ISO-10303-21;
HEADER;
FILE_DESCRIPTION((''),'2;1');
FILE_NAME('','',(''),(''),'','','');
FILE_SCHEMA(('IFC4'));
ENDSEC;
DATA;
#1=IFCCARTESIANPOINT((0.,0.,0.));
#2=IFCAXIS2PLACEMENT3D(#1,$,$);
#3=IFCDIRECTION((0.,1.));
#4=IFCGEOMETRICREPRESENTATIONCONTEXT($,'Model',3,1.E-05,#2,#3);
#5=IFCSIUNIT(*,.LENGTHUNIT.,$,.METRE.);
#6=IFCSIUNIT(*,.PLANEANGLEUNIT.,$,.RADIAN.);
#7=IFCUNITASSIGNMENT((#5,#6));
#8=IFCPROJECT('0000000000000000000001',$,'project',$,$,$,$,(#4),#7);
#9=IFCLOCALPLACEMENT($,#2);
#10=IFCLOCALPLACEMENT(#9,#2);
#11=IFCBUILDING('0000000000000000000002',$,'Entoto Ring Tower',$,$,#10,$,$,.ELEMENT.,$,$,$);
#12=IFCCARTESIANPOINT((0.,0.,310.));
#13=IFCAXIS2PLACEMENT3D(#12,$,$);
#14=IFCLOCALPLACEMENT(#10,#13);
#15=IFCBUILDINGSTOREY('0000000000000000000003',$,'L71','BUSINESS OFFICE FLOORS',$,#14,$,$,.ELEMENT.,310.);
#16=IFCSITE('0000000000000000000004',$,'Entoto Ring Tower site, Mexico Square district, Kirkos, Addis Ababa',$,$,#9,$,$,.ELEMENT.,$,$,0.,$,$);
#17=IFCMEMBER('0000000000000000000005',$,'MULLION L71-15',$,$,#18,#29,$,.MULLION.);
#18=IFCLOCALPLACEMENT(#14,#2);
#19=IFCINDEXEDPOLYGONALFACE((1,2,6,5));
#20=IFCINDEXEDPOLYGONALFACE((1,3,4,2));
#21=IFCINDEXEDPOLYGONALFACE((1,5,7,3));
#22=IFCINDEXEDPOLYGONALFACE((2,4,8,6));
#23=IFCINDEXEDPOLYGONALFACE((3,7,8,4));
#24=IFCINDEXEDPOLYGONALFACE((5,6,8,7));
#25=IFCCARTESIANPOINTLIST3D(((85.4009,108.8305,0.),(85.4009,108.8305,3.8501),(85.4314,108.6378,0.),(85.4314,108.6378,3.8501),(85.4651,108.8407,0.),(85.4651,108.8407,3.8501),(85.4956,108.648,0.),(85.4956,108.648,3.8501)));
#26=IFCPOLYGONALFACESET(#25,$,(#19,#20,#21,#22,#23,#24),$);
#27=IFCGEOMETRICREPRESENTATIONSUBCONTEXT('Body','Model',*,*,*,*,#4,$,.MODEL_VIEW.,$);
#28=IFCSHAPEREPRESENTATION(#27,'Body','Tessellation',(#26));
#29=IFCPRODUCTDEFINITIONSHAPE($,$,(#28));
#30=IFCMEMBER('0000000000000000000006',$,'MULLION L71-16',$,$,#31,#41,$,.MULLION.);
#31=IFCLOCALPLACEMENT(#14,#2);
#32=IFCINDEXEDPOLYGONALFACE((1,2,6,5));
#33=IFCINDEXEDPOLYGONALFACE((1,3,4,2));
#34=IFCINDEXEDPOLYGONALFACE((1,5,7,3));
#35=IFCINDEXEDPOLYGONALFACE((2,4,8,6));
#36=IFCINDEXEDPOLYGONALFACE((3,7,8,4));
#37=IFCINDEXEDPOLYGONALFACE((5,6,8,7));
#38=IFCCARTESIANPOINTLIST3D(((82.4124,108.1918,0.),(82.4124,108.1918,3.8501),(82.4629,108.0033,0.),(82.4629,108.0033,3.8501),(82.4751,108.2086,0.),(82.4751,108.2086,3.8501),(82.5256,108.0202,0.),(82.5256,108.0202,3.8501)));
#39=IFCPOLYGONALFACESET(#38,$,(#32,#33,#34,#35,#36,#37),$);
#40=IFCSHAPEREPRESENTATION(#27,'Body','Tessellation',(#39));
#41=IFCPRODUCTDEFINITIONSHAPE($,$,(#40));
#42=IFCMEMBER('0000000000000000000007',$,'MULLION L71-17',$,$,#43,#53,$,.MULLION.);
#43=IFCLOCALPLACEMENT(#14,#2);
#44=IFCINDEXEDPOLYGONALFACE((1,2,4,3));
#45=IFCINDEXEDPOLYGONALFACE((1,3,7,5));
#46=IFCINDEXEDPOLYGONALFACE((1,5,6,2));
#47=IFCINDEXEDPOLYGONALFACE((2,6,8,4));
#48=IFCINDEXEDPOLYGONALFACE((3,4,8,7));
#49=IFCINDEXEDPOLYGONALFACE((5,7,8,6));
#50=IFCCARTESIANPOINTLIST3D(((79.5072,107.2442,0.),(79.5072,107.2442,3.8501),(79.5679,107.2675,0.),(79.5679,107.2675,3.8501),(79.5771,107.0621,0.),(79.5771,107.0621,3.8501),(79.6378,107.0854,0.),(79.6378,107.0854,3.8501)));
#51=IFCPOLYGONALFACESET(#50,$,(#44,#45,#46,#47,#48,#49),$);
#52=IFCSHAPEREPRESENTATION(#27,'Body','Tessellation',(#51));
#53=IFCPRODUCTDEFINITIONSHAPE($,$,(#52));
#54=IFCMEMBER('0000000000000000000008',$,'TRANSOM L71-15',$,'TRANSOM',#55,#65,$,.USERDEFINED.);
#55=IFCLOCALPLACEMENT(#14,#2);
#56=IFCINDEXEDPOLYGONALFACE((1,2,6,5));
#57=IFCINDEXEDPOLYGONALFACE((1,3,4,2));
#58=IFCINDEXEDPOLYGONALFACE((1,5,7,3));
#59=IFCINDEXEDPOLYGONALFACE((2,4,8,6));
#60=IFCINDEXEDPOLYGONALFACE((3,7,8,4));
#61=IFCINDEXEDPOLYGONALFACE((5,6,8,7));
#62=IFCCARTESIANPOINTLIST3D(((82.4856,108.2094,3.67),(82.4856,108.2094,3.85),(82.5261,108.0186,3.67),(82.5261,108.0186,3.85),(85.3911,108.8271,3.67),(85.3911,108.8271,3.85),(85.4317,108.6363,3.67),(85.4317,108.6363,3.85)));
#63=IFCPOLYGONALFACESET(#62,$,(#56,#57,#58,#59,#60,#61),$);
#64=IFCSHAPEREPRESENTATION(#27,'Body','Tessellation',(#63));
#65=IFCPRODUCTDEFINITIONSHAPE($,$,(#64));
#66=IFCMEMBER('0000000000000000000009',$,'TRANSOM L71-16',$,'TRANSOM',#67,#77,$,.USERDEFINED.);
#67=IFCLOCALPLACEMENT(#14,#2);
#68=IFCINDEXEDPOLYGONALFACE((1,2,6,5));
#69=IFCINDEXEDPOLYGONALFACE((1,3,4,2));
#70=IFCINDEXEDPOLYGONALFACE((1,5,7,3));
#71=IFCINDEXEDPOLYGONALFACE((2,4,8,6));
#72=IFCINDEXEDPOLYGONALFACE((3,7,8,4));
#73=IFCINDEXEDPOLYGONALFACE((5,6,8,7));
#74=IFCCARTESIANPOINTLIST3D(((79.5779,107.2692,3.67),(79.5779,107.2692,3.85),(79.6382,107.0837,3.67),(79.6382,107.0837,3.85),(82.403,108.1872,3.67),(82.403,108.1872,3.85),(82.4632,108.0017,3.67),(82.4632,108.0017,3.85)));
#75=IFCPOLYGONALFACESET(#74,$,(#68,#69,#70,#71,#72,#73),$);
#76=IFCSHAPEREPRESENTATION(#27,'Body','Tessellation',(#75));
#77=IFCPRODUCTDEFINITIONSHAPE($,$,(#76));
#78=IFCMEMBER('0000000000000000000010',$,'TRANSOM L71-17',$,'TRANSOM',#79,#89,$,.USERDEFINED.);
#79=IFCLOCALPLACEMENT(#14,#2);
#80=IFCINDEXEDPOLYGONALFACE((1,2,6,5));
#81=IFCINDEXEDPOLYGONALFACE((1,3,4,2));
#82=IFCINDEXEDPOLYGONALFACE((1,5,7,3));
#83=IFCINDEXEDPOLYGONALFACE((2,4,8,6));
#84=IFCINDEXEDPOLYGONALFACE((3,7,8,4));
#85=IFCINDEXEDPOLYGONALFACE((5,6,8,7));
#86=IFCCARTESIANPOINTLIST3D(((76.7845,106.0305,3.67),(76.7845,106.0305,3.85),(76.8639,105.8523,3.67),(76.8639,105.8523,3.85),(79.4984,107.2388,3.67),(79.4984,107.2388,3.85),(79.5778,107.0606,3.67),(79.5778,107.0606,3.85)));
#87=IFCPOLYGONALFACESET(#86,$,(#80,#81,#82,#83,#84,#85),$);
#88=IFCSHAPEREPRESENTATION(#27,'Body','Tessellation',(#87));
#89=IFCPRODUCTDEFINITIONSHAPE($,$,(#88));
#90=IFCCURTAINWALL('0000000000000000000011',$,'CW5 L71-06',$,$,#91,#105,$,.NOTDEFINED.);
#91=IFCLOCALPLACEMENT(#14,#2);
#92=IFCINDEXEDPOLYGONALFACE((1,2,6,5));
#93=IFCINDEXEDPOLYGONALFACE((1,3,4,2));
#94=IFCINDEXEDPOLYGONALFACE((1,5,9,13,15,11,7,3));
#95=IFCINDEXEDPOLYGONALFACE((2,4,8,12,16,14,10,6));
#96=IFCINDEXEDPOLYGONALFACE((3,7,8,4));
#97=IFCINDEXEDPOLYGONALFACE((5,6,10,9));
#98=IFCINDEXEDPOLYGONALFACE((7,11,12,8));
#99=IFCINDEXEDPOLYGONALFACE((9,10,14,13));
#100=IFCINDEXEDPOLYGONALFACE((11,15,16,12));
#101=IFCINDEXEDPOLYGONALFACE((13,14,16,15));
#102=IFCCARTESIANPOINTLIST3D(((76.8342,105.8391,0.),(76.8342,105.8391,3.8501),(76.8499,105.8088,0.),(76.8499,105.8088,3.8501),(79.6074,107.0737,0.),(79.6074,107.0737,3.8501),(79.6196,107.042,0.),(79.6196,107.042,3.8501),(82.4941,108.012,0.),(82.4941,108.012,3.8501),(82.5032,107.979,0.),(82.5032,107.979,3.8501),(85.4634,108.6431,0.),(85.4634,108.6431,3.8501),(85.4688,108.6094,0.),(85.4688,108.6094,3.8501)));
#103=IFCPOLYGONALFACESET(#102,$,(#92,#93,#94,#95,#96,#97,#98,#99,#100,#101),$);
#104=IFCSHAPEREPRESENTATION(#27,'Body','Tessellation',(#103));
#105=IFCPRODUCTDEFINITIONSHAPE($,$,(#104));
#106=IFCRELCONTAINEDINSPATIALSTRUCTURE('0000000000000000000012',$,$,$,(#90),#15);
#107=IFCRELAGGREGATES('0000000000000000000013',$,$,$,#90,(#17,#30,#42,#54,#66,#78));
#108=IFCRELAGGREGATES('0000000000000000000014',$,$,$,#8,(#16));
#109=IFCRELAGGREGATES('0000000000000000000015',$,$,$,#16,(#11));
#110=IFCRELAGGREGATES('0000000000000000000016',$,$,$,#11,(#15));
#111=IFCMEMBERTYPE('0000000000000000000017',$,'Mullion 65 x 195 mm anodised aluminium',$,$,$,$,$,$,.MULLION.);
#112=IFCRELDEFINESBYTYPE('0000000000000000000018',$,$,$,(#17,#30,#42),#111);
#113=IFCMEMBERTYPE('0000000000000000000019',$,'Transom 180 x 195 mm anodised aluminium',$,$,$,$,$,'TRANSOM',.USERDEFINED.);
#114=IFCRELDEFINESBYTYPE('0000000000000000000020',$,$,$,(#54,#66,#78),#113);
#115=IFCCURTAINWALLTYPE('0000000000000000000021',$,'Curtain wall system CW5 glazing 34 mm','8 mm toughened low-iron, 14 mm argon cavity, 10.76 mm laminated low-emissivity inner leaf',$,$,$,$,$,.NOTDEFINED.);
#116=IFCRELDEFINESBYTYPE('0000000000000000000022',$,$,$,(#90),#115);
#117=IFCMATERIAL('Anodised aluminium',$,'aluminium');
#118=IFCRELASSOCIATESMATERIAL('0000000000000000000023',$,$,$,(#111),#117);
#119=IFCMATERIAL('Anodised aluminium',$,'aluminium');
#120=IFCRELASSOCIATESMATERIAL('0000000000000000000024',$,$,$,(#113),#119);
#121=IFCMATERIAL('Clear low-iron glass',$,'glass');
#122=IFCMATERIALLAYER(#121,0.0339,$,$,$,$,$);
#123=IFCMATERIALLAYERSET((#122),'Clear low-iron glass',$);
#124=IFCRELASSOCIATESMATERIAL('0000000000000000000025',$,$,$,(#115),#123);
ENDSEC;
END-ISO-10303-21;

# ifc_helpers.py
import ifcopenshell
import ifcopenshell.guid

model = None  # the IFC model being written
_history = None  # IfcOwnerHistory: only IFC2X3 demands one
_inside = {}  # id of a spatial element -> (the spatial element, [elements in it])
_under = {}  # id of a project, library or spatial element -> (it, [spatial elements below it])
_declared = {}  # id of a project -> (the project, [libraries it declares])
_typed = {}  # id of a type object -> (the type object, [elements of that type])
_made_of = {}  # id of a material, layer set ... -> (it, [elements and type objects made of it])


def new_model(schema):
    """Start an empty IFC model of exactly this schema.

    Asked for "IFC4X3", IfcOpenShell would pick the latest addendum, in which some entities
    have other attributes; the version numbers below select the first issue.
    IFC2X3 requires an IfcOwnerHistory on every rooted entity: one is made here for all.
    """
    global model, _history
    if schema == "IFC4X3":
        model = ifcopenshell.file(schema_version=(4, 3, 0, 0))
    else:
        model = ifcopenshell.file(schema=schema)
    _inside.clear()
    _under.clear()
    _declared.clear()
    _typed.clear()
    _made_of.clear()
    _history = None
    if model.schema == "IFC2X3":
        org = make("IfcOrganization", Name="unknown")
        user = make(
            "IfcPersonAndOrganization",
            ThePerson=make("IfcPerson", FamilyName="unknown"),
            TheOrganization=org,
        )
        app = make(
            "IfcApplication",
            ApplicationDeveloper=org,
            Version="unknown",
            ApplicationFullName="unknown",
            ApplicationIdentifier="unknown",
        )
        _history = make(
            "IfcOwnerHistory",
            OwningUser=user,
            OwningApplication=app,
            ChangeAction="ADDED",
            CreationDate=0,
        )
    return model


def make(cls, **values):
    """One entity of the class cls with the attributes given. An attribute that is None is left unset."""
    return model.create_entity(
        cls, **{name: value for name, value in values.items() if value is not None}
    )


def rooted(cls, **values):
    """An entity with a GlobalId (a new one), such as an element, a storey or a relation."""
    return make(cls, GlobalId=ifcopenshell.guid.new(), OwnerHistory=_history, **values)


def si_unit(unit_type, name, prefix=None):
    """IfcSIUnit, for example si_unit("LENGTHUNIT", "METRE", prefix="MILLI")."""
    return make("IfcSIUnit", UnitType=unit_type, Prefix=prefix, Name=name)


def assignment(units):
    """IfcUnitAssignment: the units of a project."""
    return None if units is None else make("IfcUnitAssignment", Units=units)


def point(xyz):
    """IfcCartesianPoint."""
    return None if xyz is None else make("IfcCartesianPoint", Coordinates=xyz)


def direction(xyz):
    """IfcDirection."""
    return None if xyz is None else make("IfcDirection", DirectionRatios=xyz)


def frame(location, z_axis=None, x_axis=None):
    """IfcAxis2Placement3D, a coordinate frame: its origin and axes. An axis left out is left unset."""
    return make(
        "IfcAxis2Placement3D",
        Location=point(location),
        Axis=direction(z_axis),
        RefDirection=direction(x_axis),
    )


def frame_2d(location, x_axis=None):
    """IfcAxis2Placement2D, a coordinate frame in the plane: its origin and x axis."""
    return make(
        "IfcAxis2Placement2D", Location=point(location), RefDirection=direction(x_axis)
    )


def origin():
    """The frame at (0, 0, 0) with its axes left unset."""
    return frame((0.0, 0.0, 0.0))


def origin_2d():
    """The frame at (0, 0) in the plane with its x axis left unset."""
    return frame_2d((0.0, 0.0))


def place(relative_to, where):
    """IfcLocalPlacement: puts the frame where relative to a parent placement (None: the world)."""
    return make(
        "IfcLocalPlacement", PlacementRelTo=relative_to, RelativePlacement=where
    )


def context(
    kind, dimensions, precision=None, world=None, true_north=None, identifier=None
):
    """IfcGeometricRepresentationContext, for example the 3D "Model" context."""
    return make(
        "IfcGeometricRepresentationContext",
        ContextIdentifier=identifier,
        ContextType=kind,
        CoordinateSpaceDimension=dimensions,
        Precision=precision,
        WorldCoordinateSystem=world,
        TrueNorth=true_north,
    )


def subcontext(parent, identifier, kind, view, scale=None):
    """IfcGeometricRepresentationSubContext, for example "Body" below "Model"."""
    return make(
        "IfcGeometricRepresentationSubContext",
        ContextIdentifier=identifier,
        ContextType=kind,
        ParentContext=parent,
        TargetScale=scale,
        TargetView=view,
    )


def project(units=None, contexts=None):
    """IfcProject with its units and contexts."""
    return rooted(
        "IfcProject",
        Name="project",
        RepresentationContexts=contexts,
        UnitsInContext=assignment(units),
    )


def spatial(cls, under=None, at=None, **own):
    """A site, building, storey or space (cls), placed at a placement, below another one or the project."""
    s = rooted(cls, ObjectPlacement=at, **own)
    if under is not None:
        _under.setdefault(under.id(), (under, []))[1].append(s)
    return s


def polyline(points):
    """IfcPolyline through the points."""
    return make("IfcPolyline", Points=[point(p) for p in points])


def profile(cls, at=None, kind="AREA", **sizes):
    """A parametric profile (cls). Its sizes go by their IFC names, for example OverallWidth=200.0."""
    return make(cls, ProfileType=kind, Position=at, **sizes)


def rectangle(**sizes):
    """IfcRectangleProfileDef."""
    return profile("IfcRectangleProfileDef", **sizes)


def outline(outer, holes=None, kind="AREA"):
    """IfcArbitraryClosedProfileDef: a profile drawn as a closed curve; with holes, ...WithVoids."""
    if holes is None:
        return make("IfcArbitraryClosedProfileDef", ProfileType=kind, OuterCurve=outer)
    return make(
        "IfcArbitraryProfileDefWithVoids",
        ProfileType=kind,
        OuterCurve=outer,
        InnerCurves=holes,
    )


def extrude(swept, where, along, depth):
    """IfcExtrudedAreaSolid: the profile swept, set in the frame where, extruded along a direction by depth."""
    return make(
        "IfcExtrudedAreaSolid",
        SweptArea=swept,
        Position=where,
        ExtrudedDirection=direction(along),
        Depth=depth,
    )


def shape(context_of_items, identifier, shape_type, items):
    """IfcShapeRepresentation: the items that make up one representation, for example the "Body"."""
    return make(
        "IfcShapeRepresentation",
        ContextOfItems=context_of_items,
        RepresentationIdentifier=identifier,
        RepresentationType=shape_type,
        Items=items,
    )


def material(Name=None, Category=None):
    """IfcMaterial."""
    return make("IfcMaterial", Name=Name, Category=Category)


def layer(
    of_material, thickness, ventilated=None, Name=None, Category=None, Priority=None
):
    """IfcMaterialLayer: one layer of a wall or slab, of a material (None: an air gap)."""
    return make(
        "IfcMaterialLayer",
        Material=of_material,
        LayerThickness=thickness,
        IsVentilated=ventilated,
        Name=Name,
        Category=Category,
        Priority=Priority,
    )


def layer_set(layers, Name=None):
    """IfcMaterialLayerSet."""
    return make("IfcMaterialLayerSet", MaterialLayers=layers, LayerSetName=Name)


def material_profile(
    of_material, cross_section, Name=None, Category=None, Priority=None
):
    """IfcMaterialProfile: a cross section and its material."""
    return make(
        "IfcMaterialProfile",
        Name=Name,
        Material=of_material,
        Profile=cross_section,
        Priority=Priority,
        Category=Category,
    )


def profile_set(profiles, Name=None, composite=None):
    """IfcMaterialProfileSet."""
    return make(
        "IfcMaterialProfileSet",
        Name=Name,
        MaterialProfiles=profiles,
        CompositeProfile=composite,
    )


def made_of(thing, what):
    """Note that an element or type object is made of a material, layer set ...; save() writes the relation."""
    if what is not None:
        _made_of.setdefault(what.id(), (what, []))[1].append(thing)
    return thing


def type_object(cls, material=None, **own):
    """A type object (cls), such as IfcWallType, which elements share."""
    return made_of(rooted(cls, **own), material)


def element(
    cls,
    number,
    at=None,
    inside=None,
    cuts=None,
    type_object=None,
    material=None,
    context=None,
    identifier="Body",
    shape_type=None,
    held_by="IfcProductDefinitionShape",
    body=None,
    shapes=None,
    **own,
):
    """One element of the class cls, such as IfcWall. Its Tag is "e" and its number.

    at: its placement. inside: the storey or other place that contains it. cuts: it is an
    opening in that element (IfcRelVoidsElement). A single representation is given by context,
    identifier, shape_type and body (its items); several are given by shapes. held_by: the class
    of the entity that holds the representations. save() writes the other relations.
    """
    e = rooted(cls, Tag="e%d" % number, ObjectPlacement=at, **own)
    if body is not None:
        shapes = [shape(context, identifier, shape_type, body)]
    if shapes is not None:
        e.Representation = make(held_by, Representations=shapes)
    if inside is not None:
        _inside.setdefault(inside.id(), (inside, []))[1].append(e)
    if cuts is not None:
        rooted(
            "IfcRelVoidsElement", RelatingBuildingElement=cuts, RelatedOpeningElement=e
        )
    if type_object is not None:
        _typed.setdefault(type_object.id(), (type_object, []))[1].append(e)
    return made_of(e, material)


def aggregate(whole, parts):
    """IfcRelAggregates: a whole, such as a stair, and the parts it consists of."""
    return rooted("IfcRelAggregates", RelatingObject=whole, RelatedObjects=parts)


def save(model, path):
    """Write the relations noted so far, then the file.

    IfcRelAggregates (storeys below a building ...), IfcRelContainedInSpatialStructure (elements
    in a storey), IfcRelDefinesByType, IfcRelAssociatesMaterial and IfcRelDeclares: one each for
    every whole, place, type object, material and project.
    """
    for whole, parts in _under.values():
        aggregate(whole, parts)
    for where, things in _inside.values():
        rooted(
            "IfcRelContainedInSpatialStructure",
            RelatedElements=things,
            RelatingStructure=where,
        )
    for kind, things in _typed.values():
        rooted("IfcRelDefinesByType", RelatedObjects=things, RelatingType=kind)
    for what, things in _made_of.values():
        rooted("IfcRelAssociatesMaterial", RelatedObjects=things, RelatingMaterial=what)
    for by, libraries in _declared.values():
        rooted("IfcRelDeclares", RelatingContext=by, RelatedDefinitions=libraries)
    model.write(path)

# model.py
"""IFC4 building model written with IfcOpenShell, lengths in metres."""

from ifc_helpers import new_model, si_unit, direction, frame, origin, origin_2d, place, context, subcontext, project, spatial, polyline, rectangle, outline, extrude, material, layer, layer_set, material_profile, profile_set, type_object, element, aggregate, save


model = new_model("IFC4")

# Units and contexts
model_context = context("Model", 3, precision=1e-05, world=origin(), true_north=direction((0.0, 1.0)))
body_context = subcontext(model_context, "Body", "Model", "MODEL_VIEW")
ifc_project = project(units=[si_unit("LENGTHUNIT", "METRE"), si_unit("PLANEANGLEUNIT", "RADIAN")], contexts=[model_context])

# Members
ifc_material_1 = material(Name="Anodised aluminium", Category="aluminium")
ifc_material_profile_1 = material_profile(ifc_material_1, rectangle(XDim=0.0649, YDim=0.1951, at=origin_2d()), Name="Mullion 65 x 195 mm anodised aluminium")
ifc_profile_set_1 = profile_set([ifc_material_profile_1], Name="Anodised aluminium")
member_type_1 = type_object("IfcMemberType", Name="Mullion 65 x 195 mm anodised aluminium", PredefinedType="MULLION", material=ifc_profile_set_1)
site_placement = place(None, origin())
building_placement = place(site_placement, origin())
storey_placement = place(building_placement, frame((0.0, 0.0, 310.0)))
member_1_placement = place(storey_placement, frame((85.4482, 108.7393, 0.0), z_axis=(0.0, 0.0, 1.0), x_axis=(-0.987688, -0.156434, 0.0)))
member_1 = element("IfcMember", 1, at=member_1_placement, type_object=member_type_1, Name="MULLION L71-15", PredefinedType="MULLION", context=body_context, shape_type="SweptSolid", body=[
    extrude(rectangle(XDim=0.0649, YDim=0.1951, at=origin_2d()), origin(), (0.0, 0.0, 1.0), 3.8501),
])
member_2_placement = place(storey_placement, frame((82.469, 108.106, 0.0), z_axis=(0.0, 0.0, 1.0), x_axis=(-0.965926, -0.258819, 0.0)))
member_2 = element("IfcMember", 2, at=member_2_placement, type_object=member_type_1, Name="MULLION L71-16", PredefinedType="MULLION", context=body_context, shape_type="SweptSolid", body=[
    extrude(rectangle(XDim=0.0649, YDim=0.1951, at=origin_2d()), origin(), (0.0, 0.0, 1.0), 3.8501),
])
member_3_placement = place(storey_placement, frame((79.5725, 107.1648, 0.0), z_axis=(0.0, 0.0, 1.0), x_axis=(-0.93358, -0.358368, 0.0)))
member_3 = element("IfcMember", 3, at=member_3_placement, type_object=member_type_1, Name="MULLION L71-17", PredefinedType="MULLION", context=body_context, shape_type="SweptSolid", body=[
    extrude(rectangle(XDim=0.0649, YDim=0.1951, at=origin_2d()), origin(), (0.0, 0.0, 1.0), 3.8501),
])
ifc_material_2 = material(Name="Anodised aluminium", Category="aluminium")
ifc_material_profile_2 = material_profile(ifc_material_2, rectangle(XDim=0.1951, YDim=0.1799, at=origin_2d()), Name="Transom 180 x 195 mm anodised aluminium")
ifc_profile_set_2 = profile_set([ifc_material_profile_2], Name="Anodised aluminium")
member_type_2 = type_object("IfcMemberType", Name="Transom 180 x 195 mm anodised aluminium", ElementType="TRANSOM", PredefinedType="USERDEFINED", material=ifc_profile_set_2)
member_4_placement = place(storey_placement, frame((85.4114, 108.7317, 3.76), z_axis=(-0.978142, -0.20794, 0.0), x_axis=(0.20794, -0.978142, 0.0)))
member_4 = element("IfcMember", 4, at=member_4_placement, type_object=member_type_2, Name="TRANSOM L71-15", ObjectType="TRANSOM", PredefinedType="USERDEFINED", context=body_context, shape_type="SweptSolid", body=[
    extrude(rectangle(XDim=0.1951, YDim=0.1799, at=origin_2d()), origin(), (0.0, 0.0, 1.0), 2.9705),
])
member_5_placement = place(storey_placement, frame((82.4331, 108.0945, 3.76), z_axis=(-0.951048, -0.309043, 0.0), x_axis=(0.309043, -0.951048, 0.0)))
member_5 = element("IfcMember", 5, at=member_5_placement, type_object=member_type_2, Name="TRANSOM L71-16", ObjectType="TRANSOM", PredefinedType="USERDEFINED", context=body_context, shape_type="SweptSolid", body=[
    extrude(rectangle(XDim=0.1951, YDim=0.1799, at=origin_2d()), origin(), (0.0, 0.0, 1.0), 2.9705),
])
member_6_placement = place(storey_placement, frame((79.5381, 107.1497, 3.76), z_axis=(-0.91355, -0.406726, 0.0), x_axis=(0.406726, -0.91355, 0.0)))
member_6 = element("IfcMember", 6, at=member_6_placement, type_object=member_type_2, Name="TRANSOM L71-17", ObjectType="TRANSOM", PredefinedType="USERDEFINED", context=body_context, shape_type="SweptSolid", body=[
    extrude(rectangle(XDim=0.1951, YDim=0.1799, at=origin_2d()), origin(), (0.0, 0.0, 1.0), 2.9707),
])

# Site, building, storey
site = spatial("IfcSite", under=ifc_project, at=site_placement, Name="Entoto Ring Tower site, Mexico Square district, Kirkos, Addis Ababa", CompositionType="ELEMENT", RefElevation=0.0)
building = spatial("IfcBuilding", under=site, at=building_placement, Name="Entoto Ring Tower", CompositionType="ELEMENT")
storey = spatial("IfcBuildingStorey", under=building, at=storey_placement, Name="L71", Description="BUSINESS OFFICE FLOORS", CompositionType="ELEMENT", Elevation=310.0)

# Curtain wall
ifc_material_3 = material(Name="Clear low-iron glass", Category="glass")
ifc_layer = layer(ifc_material_3, 0.0339)
ifc_layer_set = layer_set([ifc_layer], Name="Clear low-iron glass")
curtain_wall_type = type_object("IfcCurtainWallType", Name="Curtain wall system CW5 glazing 34 mm", Description="8 mm toughened low-iron, 14 mm argon cavity, 10.76 mm laminated low-emissivity inner leaf", PredefinedType="NOTDEFINED", material=ifc_layer_set)
curtain_wall_1_placement = place(storey_placement, origin())
curtain_wall_1 = element("IfcCurtainWall", 7, at=curtain_wall_1_placement, inside=storey, type_object=curtain_wall_type, Name="CW5 L71-06", PredefinedType="NOTDEFINED", context=body_context, shape_type="SweptSolid", body=[
    extrude(outline(polyline([(85.4634, 108.6431), (82.4941, 108.012), (79.6074, 107.0737), (76.8342, 105.8391), (76.8499, 105.8088), (79.6196, 107.042), (82.5032, 107.979), (85.4688, 108.6094), (85.4634, 108.6431)])), origin(), (0.0, 0.0, 1.0), 3.8501),
])
aggregate(curtain_wall_1, [member_1, member_2, member_3, member_4, member_5, member_6])

save(model, "model.ifc")
